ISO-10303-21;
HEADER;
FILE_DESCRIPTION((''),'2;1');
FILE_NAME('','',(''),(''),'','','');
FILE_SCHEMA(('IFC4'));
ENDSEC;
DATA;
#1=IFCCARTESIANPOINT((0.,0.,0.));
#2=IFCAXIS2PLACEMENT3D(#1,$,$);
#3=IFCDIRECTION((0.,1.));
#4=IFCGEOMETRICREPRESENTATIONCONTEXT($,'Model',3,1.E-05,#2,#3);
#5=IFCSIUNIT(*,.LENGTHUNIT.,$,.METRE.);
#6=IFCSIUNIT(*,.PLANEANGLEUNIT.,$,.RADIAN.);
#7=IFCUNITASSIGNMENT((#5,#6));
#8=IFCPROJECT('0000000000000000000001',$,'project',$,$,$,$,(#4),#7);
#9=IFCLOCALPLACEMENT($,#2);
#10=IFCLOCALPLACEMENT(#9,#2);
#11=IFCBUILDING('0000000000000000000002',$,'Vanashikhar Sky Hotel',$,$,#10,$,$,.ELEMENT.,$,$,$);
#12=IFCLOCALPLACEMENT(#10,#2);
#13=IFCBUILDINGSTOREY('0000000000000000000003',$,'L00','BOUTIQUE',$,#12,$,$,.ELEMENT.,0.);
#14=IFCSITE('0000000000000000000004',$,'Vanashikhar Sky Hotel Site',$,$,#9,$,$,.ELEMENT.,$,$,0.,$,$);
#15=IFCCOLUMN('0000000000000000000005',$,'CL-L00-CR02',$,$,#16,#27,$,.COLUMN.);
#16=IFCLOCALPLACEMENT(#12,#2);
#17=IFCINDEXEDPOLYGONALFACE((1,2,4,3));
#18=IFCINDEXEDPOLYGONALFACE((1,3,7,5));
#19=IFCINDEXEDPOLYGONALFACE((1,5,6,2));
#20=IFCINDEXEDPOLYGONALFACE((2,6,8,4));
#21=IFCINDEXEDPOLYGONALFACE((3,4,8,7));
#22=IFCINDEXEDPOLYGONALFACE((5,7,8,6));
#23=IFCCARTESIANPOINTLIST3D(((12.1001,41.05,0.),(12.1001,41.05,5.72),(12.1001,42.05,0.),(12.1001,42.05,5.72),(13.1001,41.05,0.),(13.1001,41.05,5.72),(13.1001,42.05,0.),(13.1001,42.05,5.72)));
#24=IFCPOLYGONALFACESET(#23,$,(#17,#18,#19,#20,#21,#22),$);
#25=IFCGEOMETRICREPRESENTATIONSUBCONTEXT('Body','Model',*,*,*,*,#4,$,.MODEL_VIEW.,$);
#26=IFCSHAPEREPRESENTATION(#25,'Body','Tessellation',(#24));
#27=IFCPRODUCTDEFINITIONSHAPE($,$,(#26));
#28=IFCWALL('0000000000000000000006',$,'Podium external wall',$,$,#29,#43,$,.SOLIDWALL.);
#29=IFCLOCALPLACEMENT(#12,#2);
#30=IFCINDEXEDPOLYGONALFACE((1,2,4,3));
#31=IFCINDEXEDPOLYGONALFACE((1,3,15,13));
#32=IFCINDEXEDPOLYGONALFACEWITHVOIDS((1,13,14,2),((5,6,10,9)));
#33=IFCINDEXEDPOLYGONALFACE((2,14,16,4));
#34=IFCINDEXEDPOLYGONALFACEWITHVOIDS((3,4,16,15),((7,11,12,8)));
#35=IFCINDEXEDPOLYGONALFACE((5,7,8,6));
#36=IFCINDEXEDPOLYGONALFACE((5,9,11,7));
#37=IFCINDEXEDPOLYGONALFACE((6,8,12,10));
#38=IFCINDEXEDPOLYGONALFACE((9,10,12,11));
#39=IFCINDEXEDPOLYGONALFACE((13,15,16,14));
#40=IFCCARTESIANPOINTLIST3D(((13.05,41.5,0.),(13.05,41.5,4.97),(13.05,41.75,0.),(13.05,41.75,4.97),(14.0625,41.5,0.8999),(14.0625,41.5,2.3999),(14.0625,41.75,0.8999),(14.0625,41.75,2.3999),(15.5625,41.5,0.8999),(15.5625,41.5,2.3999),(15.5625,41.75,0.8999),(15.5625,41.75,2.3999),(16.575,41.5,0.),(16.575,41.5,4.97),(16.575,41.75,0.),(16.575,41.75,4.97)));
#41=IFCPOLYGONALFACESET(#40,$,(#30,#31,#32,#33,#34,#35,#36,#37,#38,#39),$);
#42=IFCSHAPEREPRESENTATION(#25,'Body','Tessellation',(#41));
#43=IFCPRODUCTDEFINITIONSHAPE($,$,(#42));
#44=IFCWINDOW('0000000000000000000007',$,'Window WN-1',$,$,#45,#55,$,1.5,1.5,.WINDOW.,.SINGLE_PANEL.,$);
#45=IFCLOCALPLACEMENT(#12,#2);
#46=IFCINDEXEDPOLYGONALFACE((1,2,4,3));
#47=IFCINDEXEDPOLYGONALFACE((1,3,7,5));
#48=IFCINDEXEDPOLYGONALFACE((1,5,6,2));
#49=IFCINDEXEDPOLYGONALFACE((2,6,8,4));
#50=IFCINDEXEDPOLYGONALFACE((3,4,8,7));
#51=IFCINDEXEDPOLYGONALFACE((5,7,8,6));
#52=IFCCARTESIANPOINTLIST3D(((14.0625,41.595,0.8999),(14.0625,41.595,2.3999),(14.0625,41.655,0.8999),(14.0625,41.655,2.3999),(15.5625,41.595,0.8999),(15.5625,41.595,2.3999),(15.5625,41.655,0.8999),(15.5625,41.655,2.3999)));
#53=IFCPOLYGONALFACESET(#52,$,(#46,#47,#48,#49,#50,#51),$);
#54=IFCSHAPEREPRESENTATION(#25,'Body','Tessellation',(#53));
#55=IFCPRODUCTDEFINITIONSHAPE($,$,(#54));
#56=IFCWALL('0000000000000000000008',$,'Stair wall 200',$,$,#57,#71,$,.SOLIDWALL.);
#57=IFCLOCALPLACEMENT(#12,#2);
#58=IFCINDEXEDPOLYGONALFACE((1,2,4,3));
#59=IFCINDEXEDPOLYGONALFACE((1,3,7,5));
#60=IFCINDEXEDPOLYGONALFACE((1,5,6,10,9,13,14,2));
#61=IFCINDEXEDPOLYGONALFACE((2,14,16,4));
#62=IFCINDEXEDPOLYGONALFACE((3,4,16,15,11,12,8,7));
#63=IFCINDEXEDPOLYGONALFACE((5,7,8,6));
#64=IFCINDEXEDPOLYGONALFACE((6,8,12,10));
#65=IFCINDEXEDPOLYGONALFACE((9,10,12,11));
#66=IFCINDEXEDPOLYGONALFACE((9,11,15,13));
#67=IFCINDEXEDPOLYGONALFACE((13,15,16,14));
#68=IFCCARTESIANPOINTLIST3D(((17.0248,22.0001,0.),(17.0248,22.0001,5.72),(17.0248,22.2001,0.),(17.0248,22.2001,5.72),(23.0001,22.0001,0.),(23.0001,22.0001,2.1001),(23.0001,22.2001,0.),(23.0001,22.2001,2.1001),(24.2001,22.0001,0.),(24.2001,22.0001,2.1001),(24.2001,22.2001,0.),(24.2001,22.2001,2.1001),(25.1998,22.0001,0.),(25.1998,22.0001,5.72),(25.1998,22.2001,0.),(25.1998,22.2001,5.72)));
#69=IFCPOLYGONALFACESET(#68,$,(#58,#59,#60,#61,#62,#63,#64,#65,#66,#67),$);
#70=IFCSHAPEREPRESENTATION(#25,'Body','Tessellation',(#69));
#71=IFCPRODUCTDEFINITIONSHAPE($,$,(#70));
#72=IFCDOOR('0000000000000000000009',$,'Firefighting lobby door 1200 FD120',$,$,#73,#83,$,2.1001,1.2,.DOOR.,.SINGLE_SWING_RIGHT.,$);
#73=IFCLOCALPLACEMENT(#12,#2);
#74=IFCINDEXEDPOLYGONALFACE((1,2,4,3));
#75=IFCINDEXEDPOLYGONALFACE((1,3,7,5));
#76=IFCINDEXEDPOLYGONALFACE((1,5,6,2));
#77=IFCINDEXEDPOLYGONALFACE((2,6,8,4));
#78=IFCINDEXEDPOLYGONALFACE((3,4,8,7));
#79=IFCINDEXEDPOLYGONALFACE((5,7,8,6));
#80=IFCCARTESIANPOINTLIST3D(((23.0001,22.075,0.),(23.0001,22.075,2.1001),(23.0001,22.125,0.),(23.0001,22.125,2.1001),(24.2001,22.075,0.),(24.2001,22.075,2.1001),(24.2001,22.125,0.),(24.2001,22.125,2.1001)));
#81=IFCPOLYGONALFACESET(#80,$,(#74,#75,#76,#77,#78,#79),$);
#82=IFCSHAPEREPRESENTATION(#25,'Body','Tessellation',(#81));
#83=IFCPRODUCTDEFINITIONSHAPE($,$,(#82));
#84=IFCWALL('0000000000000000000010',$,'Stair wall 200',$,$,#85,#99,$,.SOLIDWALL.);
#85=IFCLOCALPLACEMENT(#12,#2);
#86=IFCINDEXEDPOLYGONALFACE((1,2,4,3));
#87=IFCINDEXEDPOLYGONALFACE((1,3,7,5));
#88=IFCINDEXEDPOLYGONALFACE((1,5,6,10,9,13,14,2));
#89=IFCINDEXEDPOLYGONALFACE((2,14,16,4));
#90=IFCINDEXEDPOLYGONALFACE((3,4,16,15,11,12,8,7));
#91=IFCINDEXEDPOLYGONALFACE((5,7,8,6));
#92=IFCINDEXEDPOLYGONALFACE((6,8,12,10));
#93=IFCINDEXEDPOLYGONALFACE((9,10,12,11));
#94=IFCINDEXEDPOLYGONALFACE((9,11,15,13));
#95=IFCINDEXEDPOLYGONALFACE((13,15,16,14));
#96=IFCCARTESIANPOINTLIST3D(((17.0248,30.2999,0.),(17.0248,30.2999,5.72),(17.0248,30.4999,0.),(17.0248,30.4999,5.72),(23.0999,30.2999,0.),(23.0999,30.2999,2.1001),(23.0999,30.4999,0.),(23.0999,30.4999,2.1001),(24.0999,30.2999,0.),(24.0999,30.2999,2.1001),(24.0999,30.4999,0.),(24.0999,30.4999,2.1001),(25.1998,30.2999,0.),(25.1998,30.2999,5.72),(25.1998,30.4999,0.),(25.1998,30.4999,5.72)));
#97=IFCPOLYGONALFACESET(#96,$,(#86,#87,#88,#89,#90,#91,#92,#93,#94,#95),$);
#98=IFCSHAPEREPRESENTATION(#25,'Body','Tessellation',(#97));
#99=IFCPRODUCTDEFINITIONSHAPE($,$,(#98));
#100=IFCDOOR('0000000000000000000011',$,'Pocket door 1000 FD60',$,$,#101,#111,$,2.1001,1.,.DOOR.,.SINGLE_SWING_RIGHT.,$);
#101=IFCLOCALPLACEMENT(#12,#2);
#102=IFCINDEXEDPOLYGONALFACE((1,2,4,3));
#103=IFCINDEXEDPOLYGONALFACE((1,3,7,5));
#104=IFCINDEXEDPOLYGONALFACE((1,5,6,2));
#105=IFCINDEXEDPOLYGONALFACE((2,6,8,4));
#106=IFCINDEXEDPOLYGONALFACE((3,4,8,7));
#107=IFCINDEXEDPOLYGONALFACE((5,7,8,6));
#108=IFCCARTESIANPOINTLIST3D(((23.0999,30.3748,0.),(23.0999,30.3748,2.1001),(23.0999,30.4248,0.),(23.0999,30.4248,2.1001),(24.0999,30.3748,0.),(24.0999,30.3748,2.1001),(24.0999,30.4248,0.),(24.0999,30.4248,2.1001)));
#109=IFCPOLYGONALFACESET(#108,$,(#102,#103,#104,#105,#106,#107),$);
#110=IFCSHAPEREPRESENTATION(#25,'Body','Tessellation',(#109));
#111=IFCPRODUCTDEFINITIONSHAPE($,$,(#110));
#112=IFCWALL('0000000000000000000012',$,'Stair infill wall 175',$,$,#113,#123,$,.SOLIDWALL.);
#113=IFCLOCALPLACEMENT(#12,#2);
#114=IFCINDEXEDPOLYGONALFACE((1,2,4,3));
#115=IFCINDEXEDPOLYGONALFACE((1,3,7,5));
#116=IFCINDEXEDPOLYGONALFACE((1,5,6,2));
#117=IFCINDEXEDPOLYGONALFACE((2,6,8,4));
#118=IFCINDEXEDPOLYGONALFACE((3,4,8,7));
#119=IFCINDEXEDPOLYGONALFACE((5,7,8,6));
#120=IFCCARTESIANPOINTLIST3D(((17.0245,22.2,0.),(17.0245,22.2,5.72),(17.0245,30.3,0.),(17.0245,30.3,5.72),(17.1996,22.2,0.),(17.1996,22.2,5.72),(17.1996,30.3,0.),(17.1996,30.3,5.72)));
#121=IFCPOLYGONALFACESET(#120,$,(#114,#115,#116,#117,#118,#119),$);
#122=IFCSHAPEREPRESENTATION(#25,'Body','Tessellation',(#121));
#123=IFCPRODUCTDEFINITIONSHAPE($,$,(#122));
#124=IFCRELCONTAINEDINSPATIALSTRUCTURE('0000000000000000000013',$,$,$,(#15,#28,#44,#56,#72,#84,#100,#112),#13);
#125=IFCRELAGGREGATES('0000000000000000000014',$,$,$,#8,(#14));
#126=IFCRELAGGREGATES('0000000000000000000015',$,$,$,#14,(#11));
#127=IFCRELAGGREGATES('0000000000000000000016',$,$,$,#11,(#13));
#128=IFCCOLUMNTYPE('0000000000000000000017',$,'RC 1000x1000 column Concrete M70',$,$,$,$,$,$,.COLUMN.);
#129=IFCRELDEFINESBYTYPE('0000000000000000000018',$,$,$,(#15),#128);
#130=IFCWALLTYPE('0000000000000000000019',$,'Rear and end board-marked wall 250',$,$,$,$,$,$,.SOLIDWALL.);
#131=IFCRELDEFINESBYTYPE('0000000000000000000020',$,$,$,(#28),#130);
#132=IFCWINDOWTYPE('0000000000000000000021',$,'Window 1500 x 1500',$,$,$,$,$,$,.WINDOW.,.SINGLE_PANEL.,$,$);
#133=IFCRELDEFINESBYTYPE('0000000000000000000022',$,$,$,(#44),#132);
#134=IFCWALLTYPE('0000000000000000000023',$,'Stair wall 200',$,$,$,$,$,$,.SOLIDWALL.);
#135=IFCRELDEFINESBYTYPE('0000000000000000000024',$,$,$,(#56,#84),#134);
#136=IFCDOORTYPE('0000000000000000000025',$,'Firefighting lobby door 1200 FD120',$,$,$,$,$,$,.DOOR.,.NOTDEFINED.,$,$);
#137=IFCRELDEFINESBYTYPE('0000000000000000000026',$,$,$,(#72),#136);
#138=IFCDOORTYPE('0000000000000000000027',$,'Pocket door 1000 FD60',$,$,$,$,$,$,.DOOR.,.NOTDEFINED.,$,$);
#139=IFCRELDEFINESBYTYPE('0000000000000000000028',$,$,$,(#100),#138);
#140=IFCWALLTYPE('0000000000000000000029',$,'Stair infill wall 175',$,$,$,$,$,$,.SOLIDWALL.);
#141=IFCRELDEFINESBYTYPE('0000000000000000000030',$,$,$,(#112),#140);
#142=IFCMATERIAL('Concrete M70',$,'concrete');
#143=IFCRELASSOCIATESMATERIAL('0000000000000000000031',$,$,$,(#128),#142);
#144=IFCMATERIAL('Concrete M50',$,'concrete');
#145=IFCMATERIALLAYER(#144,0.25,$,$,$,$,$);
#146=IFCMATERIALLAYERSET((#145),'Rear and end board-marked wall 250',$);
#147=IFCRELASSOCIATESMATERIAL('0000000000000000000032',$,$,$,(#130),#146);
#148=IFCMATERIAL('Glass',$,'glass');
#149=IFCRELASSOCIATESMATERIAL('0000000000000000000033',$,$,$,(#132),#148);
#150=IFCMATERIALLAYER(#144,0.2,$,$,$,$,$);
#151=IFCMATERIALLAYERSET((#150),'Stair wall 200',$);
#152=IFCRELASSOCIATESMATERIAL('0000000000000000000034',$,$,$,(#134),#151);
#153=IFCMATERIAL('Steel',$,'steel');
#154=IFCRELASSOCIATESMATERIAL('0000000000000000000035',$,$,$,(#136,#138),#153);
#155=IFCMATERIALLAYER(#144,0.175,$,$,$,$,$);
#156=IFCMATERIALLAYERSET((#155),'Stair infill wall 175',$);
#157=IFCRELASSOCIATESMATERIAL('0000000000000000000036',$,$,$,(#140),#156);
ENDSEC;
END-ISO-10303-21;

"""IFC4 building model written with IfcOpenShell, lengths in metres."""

from ifc_helpers import new_model, si_unit, direction, frame, frame_2d, origin, origin_2d, place, context, subcontext, project, spatial, rectangle, extrude, source, transform, mapped, material, layer, layer_set, material_profile, profile_set, type_object, element, fill, save


model = new_model("IFC4")

# Units and contexts
model_context = context("Model", 3, precision=1e-05, world=origin(), true_north=direction((0.0, 1.0)))
body_context = subcontext(model_context, "Body", "Model", "MODEL_VIEW")
ifc_project = project(units=[si_unit("LENGTHUNIT", "METRE"), si_unit("PLANEANGLEUNIT", "RADIAN")], contexts=[model_context])

# Site, building, storey
site_placement = place(None, origin())
site = spatial("IfcSite", under=ifc_project, at=site_placement, Name="Vanashikhar Sky Hotel Site", CompositionType="ELEMENT", RefElevation=0.0)
building_placement = place(site_placement, origin())
building = spatial("IfcBuilding", under=site, at=building_placement, Name="Vanashikhar Sky Hotel", CompositionType="ELEMENT")
storey_placement = place(building_placement, origin())
storey = spatial("IfcBuildingStorey", under=building, at=storey_placement, Name="L00", Description="BOUTIQUE", CompositionType="ELEMENT", Elevation=0.0)

# Column
ifc_material_1 = material(Name="Concrete M70", Category="concrete")
ifc_material_profile = material_profile(ifc_material_1, rectangle(XDim=1.0, YDim=1.0, at=origin_2d()))
ifc_profile_set = profile_set([ifc_material_profile], Name="RC 1000x1000 column Concrete M70")
column_type = type_object("IfcColumnType", Name="RC 1000x1000 column Concrete M70", PredefinedType="COLUMN", material=ifc_profile_set)
shared_shape_1 = source(origin(), body_context, "Body", "SweptSolid", [
    extrude(rectangle(XDim=1.0, YDim=1.0, at=origin_2d()), origin(), (0.0, 0.0, 1.0), 5.72),
])
column_placement = place(storey_placement, frame((12.6001, 41.55, 0.0), z_axis=(0.0, 0.0, 1.0), x_axis=(1.0, 0.0, 0.0)))
element("IfcColumn", 1, at=column_placement, inside=storey, type_object=column_type, Name="CL-L00-CR02", PredefinedType="COLUMN", context=body_context, shape_type="MappedRepresentation", body=[
    mapped(shared_shape_1, transform((0.0, 0.0, 0.0), scale=1.0)),
])

# Wall, opening, window
ifc_material_2 = material(Name="Concrete M50", Category="concrete")
ifc_layer_1 = layer(ifc_material_2, 0.25)
ifc_layer_set_1 = layer_set([ifc_layer_1], Name="Rear and end board-marked wall 250")
wall_type_1 = type_object("IfcWallType", Name="Rear and end board-marked wall 250", PredefinedType="SOLIDWALL", material=ifc_layer_set_1)
shared_shape_2 = source(origin(), body_context, "Body", "SweptSolid", [
    extrude(rectangle(XDim=3.5249, YDim=0.25, at=frame_2d((1.7625, 0.0))), origin(), (0.0, 0.0, 1.0), 4.97),
])
wall_1_placement = place(storey_placement, frame((16.575, 41.625, 0.0), z_axis=(0.0, 0.0, 1.0), x_axis=(-1.0, 0.0, 0.0)))
wall_1 = element("IfcWall", 2, at=wall_1_placement, inside=storey, type_object=wall_type_1, Name="Podium external wall", PredefinedType="SOLIDWALL", context=body_context, shape_type="MappedRepresentation", body=[
    mapped(shared_shape_2, transform((0.0, 0.0, 0.0), scale=1.0)),
])
shared_shape_3 = source(origin(), body_context, "Body", "SweptSolid", [
    extrude(rectangle(XDim=1.5, YDim=1.5, at=frame_2d((0.75, 0.75))), frame((0.0, 0.135, 0.0), z_axis=(0.0, -1.0, 0.0), x_axis=(1.0, 0.0, 0.0)), (0.0, 0.0, 1.0), 0.27),
])
opening_1_placement = place(wall_1_placement, frame((1.0125, 0.0, 0.8999)))
opening_1 = element("IfcOpeningElement", 3, at=opening_1_placement, cuts=wall_1, PredefinedType="OPENING", context=body_context, shape_type="MappedRepresentation", body=[
    mapped(shared_shape_3, transform((0.0, 0.0, 0.0), scale=1.0)),
])
ifc_material_3 = material(Name="Glass", Category="glass")
window_type = type_object("IfcWindowType", Name="Window 1500 x 1500", PartitioningType="SINGLE_PANEL", PredefinedType="WINDOW", material=ifc_material_3)
shared_shape_4 = source(origin(), body_context, "Body", "SweptSolid", [
    extrude(rectangle(XDim=1.5, YDim=1.5, at=frame_2d((0.75, 0.75))), frame((0.0, 0.03, 0.0), z_axis=(0.0, -1.0, 0.0), x_axis=(1.0, 0.0, 0.0)), (0.0, 0.0, 1.0), 0.0601),
])
window_placement = place(opening_1_placement, origin())
window = element("IfcWindow", 4, at=window_placement, inside=storey, type_object=window_type, Name="Window WN-1", OverallHeight=1.5, OverallWidth=1.5, PartitioningType="SINGLE_PANEL", PredefinedType="WINDOW", context=body_context, shape_type="MappedRepresentation", body=[
    mapped(shared_shape_4, transform((0.0, 0.0, 0.0), scale=1.0)),
])
fill(opening_1, window)

# Walls, openings, doors
ifc_layer_2 = layer(ifc_material_2, 0.2)
ifc_layer_set_2 = layer_set([ifc_layer_2], Name="Stair wall 200")
wall_type_2 = type_object("IfcWallType", Name="Stair wall 200", PredefinedType="SOLIDWALL", material=ifc_layer_set_2)
shared_shape_5 = source(origin(), body_context, "Body", "SweptSolid", [
    extrude(rectangle(XDim=8.175, YDim=0.2, at=frame_2d((4.0874, 0.0))), origin(), (0.0, 0.0, 1.0), 5.72),
])
wall_2_placement = place(storey_placement, frame((17.0249, 22.1001, 0.0), z_axis=(0.0, 0.0, 1.0), x_axis=(1.0, 0.0, 0.0)))
wall_2 = element("IfcWall", 5, at=wall_2_placement, inside=storey, type_object=wall_type_2, Name="Stair wall 200", PredefinedType="SOLIDWALL", context=body_context, shape_type="MappedRepresentation", body=[
    mapped(shared_shape_5, transform((0.0, 0.0, 0.0), scale=1.0)),
])
shared_shape_6 = source(origin(), body_context, "Body", "SweptSolid", [
    extrude(rectangle(XDim=1.2, YDim=2.1001, at=frame_2d((0.6001, 1.05))), frame((0.0, 0.1099, 0.0), z_axis=(0.0, -1.0, 0.0), x_axis=(1.0, 0.0, 0.0)), (0.0, 0.0, 1.0), 0.22),
])
opening_2_placement = place(wall_2_placement, frame((5.9751, 0.0, 0.0)))
opening_2 = element("IfcOpeningElement", 6, at=opening_2_placement, cuts=wall_2, PredefinedType="OPENING", context=body_context, shape_type="MappedRepresentation", body=[
    mapped(shared_shape_6, transform((0.0, 0.0, 0.0), scale=1.0)),
])
ifc_material_4 = material(Name="Steel", Category="steel")
door_type_1 = type_object("IfcDoorType", Name="Firefighting lobby door 1200 FD120", OperationType="NOTDEFINED", PredefinedType="DOOR", material=ifc_material_4)
shared_shape_7 = source(origin(), body_context, "Body", "SweptSolid", [
    extrude(rectangle(XDim=1.2, YDim=2.1001, at=frame_2d((0.6001, 1.05))), frame((0.0, 0.0249, 0.0), z_axis=(0.0, -1.0, 0.0), x_axis=(1.0, 0.0, 0.0)), (0.0, 0.0, 1.0), 0.05),
])
door_1_placement = place(opening_2_placement, origin())
door_1 = element("IfcDoor", 7, at=door_1_placement, inside=storey, type_object=door_type_1, Name="Firefighting lobby door 1200 FD120", OperationType="SINGLE_SWING_RIGHT", OverallHeight=2.1001, OverallWidth=1.2, PredefinedType="DOOR", context=body_context, shape_type="MappedRepresentation", body=[
    mapped(shared_shape_7, transform((0.0, 0.0, 0.0), scale=1.0)),
])
fill(opening_2, door_1)
wall_3_placement = place(storey_placement, frame((17.0249, 30.3999, 0.0), z_axis=(0.0, 0.0, 1.0), x_axis=(1.0, 0.0, 0.0)))
wall_3 = element("IfcWall", 8, at=wall_3_placement, inside=storey, type_object=wall_type_2, Name="Stair wall 200", PredefinedType="SOLIDWALL", context=body_context, shape_type="MappedRepresentation", body=[
    mapped(shared_shape_5, transform((0.0, 0.0, 0.0), scale=1.0)),
])
shared_shape_8 = source(origin(), body_context, "Body", "SweptSolid", [
    extrude(rectangle(XDim=1.0, YDim=2.1001, at=frame_2d((0.5, 1.05))), frame((0.0, 0.1099, 0.0), z_axis=(0.0, -1.0, 0.0), x_axis=(1.0, 0.0, 0.0)), (0.0, 0.0, 1.0), 0.22),
])
opening_3_placement = place(wall_3_placement, frame((6.075, 0.0, 0.0)))
opening_3 = element("IfcOpeningElement", 9, at=opening_3_placement, cuts=wall_3, PredefinedType="OPENING", context=body_context, shape_type="MappedRepresentation", body=[
    mapped(shared_shape_8, transform((0.0, 0.0, 0.0), scale=1.0)),
])
door_type_2 = type_object("IfcDoorType", Name="Pocket door 1000 FD60", OperationType="NOTDEFINED", PredefinedType="DOOR", material=ifc_material_4)
shared_shape_9 = source(origin(), body_context, "Body", "SweptSolid", [
    extrude(rectangle(XDim=1.0, YDim=2.1001, at=frame_2d((0.5, 1.05))), frame((0.0, 0.0249, 0.0), z_axis=(0.0, -1.0, 0.0), x_axis=(1.0, 0.0, 0.0)), (0.0, 0.0, 1.0), 0.05),
])
door_2_placement = place(opening_3_placement, origin())
door_2 = element("IfcDoor", 10, at=door_2_placement, inside=storey, type_object=door_type_2, Name="Pocket door 1000 FD60", OperationType="SINGLE_SWING_RIGHT", OverallHeight=2.1001, OverallWidth=1.0, PredefinedType="DOOR", context=body_context, shape_type="MappedRepresentation", body=[
    mapped(shared_shape_9, transform((0.0, 0.0, 0.0), scale=1.0)),
])
fill(opening_3, door_2)

# Wall
ifc_layer_3 = layer(ifc_material_2, 0.175)
ifc_layer_set_3 = layer_set([ifc_layer_3], Name="Stair infill wall 175")
wall_type_3 = type_object("IfcWallType", Name="Stair infill wall 175", PredefinedType="SOLIDWALL", material=ifc_layer_set_3)
shared_shape_10 = source(origin(), body_context, "Body", "SweptSolid", [
    extrude(rectangle(XDim=8.1001, YDim=0.175, at=frame_2d((4.05, 0.0))), origin(), (0.0, 0.0, 1.0), 5.72),
])
wall_4_placement = place(storey_placement, frame((17.1121, 22.2, 0.0), z_axis=(0.0, 0.0, 1.0), x_axis=(0.0, 1.0, 0.0)))
element("IfcWall", 11, at=wall_4_placement, inside=storey, type_object=wall_type_3, Name="Stair infill wall 175", PredefinedType="SOLIDWALL", context=body_context, shape_type="MappedRepresentation", body=[
    mapped(shared_shape_10, transform((0.0, 0.0, 0.0), scale=1.0)),
])

save(model, "model.ifc")
